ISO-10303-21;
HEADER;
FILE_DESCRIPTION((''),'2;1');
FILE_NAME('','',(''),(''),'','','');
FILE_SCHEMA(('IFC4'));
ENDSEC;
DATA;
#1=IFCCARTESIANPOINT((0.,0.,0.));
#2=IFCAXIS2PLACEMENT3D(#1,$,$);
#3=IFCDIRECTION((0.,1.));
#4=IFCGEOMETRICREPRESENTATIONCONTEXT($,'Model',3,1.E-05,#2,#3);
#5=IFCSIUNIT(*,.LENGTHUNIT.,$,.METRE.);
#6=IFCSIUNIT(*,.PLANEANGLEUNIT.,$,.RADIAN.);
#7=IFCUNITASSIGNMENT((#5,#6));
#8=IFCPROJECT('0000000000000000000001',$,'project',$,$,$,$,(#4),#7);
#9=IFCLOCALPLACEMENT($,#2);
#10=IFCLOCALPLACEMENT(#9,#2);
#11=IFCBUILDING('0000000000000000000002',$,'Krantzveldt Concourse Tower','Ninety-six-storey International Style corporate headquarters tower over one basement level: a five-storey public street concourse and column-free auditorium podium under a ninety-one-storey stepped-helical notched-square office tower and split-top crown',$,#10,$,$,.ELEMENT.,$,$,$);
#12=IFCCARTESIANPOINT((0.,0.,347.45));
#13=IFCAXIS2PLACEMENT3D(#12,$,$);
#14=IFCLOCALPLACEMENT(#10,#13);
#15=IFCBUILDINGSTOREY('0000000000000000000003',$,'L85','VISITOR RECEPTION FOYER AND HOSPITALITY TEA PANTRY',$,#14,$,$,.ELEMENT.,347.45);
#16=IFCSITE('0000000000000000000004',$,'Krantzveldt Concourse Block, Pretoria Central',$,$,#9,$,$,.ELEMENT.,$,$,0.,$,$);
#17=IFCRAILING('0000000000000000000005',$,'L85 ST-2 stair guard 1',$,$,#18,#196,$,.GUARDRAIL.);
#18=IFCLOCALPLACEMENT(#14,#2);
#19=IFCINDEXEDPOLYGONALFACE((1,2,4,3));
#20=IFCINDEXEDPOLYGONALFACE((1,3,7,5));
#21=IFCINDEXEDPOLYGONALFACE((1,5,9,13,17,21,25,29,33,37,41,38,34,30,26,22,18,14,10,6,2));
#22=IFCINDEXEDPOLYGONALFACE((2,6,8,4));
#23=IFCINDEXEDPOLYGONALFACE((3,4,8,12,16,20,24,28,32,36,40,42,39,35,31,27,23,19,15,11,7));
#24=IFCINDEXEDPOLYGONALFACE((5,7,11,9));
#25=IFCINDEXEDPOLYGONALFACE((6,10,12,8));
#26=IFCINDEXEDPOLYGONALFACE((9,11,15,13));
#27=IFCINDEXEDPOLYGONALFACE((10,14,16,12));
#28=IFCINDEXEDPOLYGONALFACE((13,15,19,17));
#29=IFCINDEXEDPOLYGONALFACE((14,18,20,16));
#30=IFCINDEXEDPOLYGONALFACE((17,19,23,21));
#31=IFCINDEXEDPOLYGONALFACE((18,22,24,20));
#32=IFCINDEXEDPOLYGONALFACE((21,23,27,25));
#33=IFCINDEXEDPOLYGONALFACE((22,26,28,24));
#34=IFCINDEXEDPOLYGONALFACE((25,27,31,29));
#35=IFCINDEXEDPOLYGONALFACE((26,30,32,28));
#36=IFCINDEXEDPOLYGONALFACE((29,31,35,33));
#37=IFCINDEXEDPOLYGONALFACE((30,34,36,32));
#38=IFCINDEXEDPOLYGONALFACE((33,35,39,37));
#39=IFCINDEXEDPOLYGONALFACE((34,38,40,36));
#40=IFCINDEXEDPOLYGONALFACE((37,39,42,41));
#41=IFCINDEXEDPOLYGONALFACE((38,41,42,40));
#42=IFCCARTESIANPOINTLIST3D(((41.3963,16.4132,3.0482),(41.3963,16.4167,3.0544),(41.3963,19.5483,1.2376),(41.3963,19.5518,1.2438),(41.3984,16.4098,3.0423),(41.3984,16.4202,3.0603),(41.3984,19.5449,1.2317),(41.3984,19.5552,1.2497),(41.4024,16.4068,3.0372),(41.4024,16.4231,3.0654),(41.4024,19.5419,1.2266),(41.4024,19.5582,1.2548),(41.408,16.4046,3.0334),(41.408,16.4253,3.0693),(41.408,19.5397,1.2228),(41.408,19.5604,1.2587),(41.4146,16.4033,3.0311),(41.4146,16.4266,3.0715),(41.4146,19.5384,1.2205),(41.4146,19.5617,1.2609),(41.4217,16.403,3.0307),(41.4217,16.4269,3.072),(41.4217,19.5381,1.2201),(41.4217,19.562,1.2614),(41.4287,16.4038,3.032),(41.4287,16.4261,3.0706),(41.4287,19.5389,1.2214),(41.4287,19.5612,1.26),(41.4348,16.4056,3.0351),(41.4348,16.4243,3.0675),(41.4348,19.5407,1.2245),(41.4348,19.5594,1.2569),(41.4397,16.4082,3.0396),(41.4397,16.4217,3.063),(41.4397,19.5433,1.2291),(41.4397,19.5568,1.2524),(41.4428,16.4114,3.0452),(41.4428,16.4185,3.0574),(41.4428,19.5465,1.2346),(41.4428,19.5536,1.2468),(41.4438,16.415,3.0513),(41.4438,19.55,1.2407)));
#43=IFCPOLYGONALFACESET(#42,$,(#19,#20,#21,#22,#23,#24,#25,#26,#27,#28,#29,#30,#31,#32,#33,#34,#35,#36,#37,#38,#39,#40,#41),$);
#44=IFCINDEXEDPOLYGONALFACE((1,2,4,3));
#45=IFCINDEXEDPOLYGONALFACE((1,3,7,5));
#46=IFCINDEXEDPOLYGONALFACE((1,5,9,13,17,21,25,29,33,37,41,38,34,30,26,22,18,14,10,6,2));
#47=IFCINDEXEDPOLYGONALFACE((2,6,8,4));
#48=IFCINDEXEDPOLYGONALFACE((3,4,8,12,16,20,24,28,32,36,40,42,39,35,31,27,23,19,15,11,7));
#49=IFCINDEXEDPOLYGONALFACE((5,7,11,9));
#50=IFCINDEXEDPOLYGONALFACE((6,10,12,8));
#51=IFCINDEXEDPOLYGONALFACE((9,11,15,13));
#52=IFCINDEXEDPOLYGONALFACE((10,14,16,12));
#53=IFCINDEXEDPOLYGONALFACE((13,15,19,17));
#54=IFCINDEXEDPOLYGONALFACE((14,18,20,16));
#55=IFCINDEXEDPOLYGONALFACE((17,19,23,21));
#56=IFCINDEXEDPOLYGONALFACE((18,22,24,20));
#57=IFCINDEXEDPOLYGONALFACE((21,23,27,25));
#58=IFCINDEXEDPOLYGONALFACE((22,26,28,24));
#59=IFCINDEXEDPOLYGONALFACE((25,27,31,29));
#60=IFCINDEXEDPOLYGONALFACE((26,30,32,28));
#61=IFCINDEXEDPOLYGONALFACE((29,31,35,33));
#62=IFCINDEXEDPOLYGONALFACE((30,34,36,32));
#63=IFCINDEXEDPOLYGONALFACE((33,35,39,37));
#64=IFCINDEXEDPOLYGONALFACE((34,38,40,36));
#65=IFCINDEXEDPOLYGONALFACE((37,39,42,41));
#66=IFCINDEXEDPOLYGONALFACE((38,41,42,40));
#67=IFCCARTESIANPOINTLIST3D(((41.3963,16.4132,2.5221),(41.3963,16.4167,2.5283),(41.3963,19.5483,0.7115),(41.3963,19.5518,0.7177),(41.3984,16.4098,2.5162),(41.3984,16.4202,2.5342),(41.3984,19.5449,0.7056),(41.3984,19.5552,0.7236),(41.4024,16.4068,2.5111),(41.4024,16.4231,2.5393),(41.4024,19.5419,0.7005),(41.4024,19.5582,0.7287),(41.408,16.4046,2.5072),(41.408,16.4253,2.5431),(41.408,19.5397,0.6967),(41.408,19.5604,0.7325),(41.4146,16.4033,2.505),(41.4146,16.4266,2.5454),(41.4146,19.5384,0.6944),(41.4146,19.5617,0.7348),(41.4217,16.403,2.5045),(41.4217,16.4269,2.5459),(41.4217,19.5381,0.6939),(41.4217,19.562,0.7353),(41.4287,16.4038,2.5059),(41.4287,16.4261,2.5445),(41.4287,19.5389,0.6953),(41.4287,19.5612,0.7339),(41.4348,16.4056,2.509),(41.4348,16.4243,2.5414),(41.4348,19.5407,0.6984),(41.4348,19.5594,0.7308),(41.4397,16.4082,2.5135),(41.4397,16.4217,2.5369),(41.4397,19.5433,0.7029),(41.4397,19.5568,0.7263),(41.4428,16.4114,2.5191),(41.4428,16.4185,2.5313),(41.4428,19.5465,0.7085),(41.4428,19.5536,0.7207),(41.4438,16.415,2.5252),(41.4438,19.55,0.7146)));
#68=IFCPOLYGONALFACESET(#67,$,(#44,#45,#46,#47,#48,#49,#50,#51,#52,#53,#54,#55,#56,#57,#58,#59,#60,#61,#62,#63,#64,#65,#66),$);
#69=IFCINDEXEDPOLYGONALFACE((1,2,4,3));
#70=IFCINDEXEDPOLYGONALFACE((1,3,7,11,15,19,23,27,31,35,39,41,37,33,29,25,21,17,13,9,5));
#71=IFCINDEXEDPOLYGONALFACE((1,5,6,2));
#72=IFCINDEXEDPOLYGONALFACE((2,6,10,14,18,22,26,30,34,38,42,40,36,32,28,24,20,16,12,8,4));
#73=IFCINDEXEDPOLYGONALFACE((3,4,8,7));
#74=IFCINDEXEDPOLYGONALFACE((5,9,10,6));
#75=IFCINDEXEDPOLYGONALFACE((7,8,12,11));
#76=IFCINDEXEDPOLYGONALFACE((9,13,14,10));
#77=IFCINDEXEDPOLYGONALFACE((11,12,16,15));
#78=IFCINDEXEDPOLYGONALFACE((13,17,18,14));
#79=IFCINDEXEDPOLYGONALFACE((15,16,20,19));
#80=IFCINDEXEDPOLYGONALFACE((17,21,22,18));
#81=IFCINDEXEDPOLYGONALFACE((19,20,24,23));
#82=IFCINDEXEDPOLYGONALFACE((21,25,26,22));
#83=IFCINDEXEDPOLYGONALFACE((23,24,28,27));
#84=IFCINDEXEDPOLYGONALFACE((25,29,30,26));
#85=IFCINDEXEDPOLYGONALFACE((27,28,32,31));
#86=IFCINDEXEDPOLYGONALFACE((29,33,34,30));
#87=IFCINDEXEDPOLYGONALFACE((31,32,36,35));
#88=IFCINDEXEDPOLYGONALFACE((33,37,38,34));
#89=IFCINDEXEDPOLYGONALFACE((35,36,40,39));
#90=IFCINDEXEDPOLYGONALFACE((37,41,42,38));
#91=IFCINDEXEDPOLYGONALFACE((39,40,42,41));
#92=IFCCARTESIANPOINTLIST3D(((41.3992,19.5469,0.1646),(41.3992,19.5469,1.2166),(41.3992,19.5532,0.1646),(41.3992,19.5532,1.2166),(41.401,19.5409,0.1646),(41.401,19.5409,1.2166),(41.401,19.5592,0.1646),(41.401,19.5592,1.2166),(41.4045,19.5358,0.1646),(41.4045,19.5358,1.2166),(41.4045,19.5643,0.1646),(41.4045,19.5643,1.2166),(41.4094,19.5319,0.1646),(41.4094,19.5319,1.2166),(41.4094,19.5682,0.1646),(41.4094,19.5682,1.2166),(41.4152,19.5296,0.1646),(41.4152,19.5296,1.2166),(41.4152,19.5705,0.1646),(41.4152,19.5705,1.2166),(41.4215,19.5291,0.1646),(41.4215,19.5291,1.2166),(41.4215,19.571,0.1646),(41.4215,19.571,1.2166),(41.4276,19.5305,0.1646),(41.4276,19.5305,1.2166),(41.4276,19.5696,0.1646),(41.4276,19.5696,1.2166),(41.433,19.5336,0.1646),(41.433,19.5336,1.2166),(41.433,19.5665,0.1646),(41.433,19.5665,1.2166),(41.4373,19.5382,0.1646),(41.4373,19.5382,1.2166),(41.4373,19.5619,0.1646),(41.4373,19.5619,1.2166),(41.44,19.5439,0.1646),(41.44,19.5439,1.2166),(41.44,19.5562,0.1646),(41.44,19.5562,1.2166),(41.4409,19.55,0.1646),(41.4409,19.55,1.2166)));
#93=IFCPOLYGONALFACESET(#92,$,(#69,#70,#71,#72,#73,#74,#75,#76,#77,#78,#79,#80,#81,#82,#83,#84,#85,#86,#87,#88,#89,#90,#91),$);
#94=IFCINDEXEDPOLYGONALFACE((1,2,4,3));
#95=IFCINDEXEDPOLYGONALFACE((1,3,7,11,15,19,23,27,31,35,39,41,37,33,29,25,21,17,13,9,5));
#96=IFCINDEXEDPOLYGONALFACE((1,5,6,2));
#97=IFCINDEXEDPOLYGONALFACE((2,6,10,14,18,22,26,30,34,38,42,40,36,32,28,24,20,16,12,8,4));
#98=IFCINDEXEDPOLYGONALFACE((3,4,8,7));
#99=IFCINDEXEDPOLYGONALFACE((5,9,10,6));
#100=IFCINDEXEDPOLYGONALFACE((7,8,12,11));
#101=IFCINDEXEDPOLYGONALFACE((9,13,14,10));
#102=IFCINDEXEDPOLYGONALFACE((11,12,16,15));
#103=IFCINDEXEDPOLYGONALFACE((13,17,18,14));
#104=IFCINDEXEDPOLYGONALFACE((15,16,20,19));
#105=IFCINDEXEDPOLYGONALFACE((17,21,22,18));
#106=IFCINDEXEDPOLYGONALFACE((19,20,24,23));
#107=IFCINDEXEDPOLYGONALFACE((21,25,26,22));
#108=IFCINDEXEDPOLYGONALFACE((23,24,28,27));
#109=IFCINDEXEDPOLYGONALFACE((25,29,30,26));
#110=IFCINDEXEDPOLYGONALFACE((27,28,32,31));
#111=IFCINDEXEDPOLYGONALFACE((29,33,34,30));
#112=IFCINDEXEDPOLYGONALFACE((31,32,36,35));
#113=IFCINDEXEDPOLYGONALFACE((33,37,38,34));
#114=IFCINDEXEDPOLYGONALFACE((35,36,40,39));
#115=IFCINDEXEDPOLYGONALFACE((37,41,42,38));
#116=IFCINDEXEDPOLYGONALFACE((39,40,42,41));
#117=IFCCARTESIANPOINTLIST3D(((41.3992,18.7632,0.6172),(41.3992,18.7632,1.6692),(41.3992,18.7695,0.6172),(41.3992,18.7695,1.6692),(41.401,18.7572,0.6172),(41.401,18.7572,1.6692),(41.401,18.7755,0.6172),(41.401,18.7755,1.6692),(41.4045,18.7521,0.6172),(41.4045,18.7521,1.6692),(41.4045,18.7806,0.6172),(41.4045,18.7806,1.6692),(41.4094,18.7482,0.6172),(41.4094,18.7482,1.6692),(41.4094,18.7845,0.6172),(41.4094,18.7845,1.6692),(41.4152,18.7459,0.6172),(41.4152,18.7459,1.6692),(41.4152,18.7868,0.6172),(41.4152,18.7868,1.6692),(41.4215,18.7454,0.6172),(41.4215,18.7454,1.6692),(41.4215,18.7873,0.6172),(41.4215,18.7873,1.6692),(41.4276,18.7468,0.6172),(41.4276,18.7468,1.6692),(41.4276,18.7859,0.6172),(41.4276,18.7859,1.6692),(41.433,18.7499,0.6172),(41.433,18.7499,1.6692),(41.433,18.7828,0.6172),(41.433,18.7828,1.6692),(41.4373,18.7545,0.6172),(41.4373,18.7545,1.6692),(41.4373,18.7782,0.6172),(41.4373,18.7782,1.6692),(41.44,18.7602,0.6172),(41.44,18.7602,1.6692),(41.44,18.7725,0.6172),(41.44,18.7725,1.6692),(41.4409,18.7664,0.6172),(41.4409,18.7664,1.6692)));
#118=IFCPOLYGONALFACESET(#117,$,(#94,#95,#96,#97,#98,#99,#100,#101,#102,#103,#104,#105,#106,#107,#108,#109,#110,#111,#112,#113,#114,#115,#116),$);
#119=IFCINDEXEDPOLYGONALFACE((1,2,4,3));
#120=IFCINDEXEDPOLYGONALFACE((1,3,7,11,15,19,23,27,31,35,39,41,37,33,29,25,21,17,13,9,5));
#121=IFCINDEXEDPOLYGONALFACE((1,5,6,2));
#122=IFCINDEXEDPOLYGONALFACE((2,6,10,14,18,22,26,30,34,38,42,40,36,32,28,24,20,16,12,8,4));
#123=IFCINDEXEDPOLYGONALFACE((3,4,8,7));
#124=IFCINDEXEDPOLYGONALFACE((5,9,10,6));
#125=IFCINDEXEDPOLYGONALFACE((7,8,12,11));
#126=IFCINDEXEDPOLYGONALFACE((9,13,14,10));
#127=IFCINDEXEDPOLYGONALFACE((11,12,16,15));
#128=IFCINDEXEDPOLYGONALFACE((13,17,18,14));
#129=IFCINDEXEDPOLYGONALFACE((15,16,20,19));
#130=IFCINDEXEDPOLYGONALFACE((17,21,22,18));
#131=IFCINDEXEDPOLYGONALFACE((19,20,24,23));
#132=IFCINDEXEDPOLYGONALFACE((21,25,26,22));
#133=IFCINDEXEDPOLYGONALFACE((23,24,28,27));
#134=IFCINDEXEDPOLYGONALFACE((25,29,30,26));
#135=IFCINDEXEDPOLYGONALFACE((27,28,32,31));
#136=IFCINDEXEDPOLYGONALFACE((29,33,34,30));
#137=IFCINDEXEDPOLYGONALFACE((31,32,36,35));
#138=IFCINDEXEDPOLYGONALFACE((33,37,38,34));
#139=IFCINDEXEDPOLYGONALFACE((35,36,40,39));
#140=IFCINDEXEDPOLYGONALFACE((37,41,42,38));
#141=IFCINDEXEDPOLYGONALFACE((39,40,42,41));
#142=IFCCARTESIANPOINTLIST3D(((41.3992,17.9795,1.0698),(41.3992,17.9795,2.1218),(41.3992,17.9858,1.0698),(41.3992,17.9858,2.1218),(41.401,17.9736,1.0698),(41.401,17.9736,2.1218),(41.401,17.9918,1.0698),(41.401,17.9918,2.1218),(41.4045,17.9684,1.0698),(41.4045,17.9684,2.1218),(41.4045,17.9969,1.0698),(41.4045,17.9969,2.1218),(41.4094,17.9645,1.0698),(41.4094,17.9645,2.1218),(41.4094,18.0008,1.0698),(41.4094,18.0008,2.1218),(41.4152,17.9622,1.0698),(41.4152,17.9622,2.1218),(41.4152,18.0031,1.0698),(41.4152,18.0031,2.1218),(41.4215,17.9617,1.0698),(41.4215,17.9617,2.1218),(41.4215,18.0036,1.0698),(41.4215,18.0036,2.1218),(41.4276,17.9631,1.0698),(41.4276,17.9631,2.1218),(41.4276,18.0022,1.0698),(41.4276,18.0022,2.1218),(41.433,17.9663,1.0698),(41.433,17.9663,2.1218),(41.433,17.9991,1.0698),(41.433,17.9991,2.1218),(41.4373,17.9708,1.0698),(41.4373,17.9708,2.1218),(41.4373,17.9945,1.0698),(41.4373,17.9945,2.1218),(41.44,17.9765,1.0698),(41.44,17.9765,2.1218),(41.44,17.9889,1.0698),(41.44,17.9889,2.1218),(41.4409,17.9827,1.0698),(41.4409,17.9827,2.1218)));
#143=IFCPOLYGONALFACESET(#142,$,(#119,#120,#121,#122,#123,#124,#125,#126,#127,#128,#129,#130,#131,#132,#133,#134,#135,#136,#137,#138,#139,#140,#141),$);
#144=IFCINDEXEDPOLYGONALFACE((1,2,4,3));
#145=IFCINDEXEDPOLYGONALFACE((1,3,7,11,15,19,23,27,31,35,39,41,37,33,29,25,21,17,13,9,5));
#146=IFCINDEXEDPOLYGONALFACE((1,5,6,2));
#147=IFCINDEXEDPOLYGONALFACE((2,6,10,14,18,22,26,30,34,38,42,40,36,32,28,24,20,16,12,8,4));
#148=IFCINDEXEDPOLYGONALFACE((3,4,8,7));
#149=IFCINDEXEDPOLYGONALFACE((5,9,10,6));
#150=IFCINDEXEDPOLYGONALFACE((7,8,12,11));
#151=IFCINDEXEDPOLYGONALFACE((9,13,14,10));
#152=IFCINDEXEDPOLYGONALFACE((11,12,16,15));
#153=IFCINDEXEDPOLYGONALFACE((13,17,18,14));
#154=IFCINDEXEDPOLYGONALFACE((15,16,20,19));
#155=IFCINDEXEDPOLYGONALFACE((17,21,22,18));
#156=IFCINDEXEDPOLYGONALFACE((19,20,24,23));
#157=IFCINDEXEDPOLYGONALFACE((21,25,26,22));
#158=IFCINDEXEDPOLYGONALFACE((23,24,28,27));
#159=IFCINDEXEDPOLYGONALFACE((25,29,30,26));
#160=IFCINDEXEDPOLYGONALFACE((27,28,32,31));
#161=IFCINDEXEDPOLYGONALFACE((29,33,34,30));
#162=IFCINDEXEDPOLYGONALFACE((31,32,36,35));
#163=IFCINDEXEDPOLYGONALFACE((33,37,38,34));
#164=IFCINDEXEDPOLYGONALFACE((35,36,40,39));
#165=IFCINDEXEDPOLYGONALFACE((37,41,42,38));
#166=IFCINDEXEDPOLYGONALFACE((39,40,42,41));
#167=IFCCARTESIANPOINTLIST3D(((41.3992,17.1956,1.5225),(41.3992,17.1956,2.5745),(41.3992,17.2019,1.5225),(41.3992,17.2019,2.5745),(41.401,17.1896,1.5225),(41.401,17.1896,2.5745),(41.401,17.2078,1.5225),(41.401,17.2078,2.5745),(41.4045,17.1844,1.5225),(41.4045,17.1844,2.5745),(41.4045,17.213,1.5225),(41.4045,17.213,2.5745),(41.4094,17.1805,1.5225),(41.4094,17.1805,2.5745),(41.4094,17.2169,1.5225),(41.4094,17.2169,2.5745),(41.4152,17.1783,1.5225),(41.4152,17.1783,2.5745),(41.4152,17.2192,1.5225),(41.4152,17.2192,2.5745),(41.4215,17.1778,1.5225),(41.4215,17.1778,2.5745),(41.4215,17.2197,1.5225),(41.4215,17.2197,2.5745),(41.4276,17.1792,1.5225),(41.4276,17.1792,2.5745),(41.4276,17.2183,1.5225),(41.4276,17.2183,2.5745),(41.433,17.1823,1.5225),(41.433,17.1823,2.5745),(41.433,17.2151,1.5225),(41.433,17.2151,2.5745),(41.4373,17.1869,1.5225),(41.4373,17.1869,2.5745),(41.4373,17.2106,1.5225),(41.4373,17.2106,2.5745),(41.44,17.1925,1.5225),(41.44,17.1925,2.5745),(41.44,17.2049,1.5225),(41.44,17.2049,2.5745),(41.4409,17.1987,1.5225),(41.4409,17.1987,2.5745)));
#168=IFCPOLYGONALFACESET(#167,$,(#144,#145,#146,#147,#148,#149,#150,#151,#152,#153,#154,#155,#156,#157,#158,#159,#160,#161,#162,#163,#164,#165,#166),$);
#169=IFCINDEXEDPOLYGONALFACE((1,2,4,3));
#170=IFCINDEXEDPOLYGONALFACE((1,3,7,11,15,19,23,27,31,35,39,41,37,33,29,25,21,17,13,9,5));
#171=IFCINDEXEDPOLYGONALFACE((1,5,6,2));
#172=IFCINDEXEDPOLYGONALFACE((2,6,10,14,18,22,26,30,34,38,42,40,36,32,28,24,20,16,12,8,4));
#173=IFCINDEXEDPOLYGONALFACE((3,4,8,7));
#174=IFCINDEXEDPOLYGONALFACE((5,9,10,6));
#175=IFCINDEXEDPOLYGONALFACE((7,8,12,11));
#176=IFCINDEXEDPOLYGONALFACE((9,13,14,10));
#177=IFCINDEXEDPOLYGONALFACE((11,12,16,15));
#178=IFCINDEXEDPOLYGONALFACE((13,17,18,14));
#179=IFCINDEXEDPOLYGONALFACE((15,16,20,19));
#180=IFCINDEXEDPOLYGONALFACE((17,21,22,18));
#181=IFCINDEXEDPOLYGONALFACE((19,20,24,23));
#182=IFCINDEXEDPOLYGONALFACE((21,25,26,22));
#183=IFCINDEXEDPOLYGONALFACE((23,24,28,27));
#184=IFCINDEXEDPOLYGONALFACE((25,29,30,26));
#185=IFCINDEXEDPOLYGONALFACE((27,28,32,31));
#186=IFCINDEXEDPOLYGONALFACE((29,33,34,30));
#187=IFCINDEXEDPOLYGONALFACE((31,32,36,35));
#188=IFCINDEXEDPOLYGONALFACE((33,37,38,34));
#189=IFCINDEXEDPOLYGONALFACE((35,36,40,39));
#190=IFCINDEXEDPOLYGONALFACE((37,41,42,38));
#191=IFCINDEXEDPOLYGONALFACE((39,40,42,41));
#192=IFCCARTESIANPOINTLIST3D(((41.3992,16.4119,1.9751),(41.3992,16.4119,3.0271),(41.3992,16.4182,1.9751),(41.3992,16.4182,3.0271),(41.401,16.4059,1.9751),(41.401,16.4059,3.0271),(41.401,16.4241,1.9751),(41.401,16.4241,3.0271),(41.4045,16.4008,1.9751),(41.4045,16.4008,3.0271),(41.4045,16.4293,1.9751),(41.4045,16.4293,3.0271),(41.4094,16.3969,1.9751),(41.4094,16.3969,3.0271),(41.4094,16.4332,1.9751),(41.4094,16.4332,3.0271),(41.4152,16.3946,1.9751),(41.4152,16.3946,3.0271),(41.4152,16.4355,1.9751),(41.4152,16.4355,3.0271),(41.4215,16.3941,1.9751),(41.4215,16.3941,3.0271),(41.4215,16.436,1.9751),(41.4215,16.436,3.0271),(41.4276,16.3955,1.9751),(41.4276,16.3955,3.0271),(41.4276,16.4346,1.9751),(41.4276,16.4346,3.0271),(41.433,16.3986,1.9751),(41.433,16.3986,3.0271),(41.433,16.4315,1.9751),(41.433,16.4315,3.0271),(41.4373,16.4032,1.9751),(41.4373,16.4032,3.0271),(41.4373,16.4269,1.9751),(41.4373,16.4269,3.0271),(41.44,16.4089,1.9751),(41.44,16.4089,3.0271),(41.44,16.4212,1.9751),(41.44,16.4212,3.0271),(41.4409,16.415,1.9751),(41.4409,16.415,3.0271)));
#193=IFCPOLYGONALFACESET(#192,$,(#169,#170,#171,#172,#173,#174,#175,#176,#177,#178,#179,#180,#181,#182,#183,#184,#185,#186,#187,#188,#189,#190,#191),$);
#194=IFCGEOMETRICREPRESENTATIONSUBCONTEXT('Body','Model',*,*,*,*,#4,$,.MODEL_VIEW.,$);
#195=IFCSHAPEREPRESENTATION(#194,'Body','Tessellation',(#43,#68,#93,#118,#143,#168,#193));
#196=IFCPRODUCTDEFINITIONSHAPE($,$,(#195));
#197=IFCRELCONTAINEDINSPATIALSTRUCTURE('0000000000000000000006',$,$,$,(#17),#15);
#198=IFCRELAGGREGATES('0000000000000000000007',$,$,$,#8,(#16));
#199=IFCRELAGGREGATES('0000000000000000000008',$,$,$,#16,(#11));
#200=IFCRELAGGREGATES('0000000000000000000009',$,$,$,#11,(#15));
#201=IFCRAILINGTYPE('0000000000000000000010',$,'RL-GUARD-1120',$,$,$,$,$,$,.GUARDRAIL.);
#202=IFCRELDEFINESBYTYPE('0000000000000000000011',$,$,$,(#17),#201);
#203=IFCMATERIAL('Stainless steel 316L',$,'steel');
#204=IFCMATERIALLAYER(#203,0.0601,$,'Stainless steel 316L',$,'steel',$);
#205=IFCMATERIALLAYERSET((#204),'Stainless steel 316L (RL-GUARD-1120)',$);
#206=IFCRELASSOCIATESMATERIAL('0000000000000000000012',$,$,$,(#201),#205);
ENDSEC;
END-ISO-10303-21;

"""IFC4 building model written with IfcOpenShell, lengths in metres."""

from ifc_helpers import new_model, si_unit, direction, frame, origin, origin_2d, place, context, subcontext, project, spatial, circle, extrude, material, layer, layer_set, type_object, element, save


model = new_model("IFC4")

# Units and contexts
model_context = context("Model", 3, precision=1e-05, world=origin(), true_north=direction((0.0, 1.0)))
body_context = subcontext(model_context, "Body", "Model", "MODEL_VIEW")
ifc_project = project(units=[si_unit("LENGTHUNIT", "METRE"), si_unit("PLANEANGLEUNIT", "RADIAN")], contexts=[model_context])

# Site, building, storey
site_placement = place(None, origin())
site = spatial("IfcSite", under=ifc_project, at=site_placement, Name="Krantzveldt Concourse Block, Pretoria Central", CompositionType="ELEMENT", RefElevation=0.0)
building_placement = place(site_placement, origin())
building = spatial("IfcBuilding", under=site, at=building_placement, Name="Krantzveldt Concourse Tower", Description="Ninety-six-storey International Style corporate headquarters tower over one basement level: a five-storey public street concourse and column-free auditorium podium under a ninety-one-storey stepped-helical notched-square office tower and split-top crown", CompositionType="ELEMENT")
storey_placement = place(building_placement, frame((0.0, 0.0, 347.45)))
storey = spatial("IfcBuildingStorey", under=building, at=storey_placement, Name="L85", Description="VISITOR RECEPTION FOYER AND HOSPITALITY TEA PANTRY", CompositionType="ELEMENT", Elevation=347.45)

# Shared definitions
ifc_material_1 = material(Name="Stainless steel 316L", Category="steel")

# Railing
ifc_layer_1 = layer(ifc_material_1, 0.0601, Name="Stainless steel 316L", Category="steel")
ifc_layer_set_1 = layer_set([ifc_layer_1], Name="Stainless steel 316L (RL-GUARD-1120)")
railing_type_1 = type_object("IfcRailingType", Name="RL-GUARD-1120", PredefinedType="GUARDRAIL", material=ifc_layer_set_1)
railing_1_placement = place(storey_placement, frame((41.4199, 19.55, 0.1646)))
element("IfcRailing", 1, at=railing_1_placement, inside=storey, type_object=railing_type_1, Name="L85 ST-2 stair guard 1", PredefinedType="GUARDRAIL", context=body_context, shape_type="SweptSolid", body=[
    extrude(circle(Radius=0.0239, at=origin_2d()), frame((0.0, 0.0, 1.0762), z_axis=(0.0, -0.86596, 0.500114), x_axis=(1.0, 0.0, 0.0)), (0.0, 0.0, 1.0), 3.6204),
    extrude(circle(Radius=0.0239, at=origin_2d()), frame((0.0, 0.0, 0.55), z_axis=(0.0, -0.86596, 0.500114), x_axis=(1.0, 0.0, 0.0)), (0.0, 0.0, 1.0), 3.6204),
    extrude(circle(Radius=0.021, at=origin_2d()), origin(), (0.0, 0.0, 1.0), 1.052),
    extrude(circle(Radius=0.021, at=origin_2d()), frame((0.0, -0.7837, 0.4526)), (0.0, 0.0, 1.0), 1.052),
    extrude(circle(Radius=0.021, at=origin_2d()), frame((0.0, -1.5674, 0.9053)), (0.0, 0.0, 1.0), 1.052),
    extrude(circle(Radius=0.021, at=origin_2d()), frame((0.0, -2.3513, 1.3579)), (0.0, 0.0, 1.0), 1.052),
    extrude(circle(Radius=0.021, at=origin_2d()), frame((0.0, -3.135, 1.8105)), (0.0, 0.0, 1.0), 1.052),
])

save(model, "model.ifc")
